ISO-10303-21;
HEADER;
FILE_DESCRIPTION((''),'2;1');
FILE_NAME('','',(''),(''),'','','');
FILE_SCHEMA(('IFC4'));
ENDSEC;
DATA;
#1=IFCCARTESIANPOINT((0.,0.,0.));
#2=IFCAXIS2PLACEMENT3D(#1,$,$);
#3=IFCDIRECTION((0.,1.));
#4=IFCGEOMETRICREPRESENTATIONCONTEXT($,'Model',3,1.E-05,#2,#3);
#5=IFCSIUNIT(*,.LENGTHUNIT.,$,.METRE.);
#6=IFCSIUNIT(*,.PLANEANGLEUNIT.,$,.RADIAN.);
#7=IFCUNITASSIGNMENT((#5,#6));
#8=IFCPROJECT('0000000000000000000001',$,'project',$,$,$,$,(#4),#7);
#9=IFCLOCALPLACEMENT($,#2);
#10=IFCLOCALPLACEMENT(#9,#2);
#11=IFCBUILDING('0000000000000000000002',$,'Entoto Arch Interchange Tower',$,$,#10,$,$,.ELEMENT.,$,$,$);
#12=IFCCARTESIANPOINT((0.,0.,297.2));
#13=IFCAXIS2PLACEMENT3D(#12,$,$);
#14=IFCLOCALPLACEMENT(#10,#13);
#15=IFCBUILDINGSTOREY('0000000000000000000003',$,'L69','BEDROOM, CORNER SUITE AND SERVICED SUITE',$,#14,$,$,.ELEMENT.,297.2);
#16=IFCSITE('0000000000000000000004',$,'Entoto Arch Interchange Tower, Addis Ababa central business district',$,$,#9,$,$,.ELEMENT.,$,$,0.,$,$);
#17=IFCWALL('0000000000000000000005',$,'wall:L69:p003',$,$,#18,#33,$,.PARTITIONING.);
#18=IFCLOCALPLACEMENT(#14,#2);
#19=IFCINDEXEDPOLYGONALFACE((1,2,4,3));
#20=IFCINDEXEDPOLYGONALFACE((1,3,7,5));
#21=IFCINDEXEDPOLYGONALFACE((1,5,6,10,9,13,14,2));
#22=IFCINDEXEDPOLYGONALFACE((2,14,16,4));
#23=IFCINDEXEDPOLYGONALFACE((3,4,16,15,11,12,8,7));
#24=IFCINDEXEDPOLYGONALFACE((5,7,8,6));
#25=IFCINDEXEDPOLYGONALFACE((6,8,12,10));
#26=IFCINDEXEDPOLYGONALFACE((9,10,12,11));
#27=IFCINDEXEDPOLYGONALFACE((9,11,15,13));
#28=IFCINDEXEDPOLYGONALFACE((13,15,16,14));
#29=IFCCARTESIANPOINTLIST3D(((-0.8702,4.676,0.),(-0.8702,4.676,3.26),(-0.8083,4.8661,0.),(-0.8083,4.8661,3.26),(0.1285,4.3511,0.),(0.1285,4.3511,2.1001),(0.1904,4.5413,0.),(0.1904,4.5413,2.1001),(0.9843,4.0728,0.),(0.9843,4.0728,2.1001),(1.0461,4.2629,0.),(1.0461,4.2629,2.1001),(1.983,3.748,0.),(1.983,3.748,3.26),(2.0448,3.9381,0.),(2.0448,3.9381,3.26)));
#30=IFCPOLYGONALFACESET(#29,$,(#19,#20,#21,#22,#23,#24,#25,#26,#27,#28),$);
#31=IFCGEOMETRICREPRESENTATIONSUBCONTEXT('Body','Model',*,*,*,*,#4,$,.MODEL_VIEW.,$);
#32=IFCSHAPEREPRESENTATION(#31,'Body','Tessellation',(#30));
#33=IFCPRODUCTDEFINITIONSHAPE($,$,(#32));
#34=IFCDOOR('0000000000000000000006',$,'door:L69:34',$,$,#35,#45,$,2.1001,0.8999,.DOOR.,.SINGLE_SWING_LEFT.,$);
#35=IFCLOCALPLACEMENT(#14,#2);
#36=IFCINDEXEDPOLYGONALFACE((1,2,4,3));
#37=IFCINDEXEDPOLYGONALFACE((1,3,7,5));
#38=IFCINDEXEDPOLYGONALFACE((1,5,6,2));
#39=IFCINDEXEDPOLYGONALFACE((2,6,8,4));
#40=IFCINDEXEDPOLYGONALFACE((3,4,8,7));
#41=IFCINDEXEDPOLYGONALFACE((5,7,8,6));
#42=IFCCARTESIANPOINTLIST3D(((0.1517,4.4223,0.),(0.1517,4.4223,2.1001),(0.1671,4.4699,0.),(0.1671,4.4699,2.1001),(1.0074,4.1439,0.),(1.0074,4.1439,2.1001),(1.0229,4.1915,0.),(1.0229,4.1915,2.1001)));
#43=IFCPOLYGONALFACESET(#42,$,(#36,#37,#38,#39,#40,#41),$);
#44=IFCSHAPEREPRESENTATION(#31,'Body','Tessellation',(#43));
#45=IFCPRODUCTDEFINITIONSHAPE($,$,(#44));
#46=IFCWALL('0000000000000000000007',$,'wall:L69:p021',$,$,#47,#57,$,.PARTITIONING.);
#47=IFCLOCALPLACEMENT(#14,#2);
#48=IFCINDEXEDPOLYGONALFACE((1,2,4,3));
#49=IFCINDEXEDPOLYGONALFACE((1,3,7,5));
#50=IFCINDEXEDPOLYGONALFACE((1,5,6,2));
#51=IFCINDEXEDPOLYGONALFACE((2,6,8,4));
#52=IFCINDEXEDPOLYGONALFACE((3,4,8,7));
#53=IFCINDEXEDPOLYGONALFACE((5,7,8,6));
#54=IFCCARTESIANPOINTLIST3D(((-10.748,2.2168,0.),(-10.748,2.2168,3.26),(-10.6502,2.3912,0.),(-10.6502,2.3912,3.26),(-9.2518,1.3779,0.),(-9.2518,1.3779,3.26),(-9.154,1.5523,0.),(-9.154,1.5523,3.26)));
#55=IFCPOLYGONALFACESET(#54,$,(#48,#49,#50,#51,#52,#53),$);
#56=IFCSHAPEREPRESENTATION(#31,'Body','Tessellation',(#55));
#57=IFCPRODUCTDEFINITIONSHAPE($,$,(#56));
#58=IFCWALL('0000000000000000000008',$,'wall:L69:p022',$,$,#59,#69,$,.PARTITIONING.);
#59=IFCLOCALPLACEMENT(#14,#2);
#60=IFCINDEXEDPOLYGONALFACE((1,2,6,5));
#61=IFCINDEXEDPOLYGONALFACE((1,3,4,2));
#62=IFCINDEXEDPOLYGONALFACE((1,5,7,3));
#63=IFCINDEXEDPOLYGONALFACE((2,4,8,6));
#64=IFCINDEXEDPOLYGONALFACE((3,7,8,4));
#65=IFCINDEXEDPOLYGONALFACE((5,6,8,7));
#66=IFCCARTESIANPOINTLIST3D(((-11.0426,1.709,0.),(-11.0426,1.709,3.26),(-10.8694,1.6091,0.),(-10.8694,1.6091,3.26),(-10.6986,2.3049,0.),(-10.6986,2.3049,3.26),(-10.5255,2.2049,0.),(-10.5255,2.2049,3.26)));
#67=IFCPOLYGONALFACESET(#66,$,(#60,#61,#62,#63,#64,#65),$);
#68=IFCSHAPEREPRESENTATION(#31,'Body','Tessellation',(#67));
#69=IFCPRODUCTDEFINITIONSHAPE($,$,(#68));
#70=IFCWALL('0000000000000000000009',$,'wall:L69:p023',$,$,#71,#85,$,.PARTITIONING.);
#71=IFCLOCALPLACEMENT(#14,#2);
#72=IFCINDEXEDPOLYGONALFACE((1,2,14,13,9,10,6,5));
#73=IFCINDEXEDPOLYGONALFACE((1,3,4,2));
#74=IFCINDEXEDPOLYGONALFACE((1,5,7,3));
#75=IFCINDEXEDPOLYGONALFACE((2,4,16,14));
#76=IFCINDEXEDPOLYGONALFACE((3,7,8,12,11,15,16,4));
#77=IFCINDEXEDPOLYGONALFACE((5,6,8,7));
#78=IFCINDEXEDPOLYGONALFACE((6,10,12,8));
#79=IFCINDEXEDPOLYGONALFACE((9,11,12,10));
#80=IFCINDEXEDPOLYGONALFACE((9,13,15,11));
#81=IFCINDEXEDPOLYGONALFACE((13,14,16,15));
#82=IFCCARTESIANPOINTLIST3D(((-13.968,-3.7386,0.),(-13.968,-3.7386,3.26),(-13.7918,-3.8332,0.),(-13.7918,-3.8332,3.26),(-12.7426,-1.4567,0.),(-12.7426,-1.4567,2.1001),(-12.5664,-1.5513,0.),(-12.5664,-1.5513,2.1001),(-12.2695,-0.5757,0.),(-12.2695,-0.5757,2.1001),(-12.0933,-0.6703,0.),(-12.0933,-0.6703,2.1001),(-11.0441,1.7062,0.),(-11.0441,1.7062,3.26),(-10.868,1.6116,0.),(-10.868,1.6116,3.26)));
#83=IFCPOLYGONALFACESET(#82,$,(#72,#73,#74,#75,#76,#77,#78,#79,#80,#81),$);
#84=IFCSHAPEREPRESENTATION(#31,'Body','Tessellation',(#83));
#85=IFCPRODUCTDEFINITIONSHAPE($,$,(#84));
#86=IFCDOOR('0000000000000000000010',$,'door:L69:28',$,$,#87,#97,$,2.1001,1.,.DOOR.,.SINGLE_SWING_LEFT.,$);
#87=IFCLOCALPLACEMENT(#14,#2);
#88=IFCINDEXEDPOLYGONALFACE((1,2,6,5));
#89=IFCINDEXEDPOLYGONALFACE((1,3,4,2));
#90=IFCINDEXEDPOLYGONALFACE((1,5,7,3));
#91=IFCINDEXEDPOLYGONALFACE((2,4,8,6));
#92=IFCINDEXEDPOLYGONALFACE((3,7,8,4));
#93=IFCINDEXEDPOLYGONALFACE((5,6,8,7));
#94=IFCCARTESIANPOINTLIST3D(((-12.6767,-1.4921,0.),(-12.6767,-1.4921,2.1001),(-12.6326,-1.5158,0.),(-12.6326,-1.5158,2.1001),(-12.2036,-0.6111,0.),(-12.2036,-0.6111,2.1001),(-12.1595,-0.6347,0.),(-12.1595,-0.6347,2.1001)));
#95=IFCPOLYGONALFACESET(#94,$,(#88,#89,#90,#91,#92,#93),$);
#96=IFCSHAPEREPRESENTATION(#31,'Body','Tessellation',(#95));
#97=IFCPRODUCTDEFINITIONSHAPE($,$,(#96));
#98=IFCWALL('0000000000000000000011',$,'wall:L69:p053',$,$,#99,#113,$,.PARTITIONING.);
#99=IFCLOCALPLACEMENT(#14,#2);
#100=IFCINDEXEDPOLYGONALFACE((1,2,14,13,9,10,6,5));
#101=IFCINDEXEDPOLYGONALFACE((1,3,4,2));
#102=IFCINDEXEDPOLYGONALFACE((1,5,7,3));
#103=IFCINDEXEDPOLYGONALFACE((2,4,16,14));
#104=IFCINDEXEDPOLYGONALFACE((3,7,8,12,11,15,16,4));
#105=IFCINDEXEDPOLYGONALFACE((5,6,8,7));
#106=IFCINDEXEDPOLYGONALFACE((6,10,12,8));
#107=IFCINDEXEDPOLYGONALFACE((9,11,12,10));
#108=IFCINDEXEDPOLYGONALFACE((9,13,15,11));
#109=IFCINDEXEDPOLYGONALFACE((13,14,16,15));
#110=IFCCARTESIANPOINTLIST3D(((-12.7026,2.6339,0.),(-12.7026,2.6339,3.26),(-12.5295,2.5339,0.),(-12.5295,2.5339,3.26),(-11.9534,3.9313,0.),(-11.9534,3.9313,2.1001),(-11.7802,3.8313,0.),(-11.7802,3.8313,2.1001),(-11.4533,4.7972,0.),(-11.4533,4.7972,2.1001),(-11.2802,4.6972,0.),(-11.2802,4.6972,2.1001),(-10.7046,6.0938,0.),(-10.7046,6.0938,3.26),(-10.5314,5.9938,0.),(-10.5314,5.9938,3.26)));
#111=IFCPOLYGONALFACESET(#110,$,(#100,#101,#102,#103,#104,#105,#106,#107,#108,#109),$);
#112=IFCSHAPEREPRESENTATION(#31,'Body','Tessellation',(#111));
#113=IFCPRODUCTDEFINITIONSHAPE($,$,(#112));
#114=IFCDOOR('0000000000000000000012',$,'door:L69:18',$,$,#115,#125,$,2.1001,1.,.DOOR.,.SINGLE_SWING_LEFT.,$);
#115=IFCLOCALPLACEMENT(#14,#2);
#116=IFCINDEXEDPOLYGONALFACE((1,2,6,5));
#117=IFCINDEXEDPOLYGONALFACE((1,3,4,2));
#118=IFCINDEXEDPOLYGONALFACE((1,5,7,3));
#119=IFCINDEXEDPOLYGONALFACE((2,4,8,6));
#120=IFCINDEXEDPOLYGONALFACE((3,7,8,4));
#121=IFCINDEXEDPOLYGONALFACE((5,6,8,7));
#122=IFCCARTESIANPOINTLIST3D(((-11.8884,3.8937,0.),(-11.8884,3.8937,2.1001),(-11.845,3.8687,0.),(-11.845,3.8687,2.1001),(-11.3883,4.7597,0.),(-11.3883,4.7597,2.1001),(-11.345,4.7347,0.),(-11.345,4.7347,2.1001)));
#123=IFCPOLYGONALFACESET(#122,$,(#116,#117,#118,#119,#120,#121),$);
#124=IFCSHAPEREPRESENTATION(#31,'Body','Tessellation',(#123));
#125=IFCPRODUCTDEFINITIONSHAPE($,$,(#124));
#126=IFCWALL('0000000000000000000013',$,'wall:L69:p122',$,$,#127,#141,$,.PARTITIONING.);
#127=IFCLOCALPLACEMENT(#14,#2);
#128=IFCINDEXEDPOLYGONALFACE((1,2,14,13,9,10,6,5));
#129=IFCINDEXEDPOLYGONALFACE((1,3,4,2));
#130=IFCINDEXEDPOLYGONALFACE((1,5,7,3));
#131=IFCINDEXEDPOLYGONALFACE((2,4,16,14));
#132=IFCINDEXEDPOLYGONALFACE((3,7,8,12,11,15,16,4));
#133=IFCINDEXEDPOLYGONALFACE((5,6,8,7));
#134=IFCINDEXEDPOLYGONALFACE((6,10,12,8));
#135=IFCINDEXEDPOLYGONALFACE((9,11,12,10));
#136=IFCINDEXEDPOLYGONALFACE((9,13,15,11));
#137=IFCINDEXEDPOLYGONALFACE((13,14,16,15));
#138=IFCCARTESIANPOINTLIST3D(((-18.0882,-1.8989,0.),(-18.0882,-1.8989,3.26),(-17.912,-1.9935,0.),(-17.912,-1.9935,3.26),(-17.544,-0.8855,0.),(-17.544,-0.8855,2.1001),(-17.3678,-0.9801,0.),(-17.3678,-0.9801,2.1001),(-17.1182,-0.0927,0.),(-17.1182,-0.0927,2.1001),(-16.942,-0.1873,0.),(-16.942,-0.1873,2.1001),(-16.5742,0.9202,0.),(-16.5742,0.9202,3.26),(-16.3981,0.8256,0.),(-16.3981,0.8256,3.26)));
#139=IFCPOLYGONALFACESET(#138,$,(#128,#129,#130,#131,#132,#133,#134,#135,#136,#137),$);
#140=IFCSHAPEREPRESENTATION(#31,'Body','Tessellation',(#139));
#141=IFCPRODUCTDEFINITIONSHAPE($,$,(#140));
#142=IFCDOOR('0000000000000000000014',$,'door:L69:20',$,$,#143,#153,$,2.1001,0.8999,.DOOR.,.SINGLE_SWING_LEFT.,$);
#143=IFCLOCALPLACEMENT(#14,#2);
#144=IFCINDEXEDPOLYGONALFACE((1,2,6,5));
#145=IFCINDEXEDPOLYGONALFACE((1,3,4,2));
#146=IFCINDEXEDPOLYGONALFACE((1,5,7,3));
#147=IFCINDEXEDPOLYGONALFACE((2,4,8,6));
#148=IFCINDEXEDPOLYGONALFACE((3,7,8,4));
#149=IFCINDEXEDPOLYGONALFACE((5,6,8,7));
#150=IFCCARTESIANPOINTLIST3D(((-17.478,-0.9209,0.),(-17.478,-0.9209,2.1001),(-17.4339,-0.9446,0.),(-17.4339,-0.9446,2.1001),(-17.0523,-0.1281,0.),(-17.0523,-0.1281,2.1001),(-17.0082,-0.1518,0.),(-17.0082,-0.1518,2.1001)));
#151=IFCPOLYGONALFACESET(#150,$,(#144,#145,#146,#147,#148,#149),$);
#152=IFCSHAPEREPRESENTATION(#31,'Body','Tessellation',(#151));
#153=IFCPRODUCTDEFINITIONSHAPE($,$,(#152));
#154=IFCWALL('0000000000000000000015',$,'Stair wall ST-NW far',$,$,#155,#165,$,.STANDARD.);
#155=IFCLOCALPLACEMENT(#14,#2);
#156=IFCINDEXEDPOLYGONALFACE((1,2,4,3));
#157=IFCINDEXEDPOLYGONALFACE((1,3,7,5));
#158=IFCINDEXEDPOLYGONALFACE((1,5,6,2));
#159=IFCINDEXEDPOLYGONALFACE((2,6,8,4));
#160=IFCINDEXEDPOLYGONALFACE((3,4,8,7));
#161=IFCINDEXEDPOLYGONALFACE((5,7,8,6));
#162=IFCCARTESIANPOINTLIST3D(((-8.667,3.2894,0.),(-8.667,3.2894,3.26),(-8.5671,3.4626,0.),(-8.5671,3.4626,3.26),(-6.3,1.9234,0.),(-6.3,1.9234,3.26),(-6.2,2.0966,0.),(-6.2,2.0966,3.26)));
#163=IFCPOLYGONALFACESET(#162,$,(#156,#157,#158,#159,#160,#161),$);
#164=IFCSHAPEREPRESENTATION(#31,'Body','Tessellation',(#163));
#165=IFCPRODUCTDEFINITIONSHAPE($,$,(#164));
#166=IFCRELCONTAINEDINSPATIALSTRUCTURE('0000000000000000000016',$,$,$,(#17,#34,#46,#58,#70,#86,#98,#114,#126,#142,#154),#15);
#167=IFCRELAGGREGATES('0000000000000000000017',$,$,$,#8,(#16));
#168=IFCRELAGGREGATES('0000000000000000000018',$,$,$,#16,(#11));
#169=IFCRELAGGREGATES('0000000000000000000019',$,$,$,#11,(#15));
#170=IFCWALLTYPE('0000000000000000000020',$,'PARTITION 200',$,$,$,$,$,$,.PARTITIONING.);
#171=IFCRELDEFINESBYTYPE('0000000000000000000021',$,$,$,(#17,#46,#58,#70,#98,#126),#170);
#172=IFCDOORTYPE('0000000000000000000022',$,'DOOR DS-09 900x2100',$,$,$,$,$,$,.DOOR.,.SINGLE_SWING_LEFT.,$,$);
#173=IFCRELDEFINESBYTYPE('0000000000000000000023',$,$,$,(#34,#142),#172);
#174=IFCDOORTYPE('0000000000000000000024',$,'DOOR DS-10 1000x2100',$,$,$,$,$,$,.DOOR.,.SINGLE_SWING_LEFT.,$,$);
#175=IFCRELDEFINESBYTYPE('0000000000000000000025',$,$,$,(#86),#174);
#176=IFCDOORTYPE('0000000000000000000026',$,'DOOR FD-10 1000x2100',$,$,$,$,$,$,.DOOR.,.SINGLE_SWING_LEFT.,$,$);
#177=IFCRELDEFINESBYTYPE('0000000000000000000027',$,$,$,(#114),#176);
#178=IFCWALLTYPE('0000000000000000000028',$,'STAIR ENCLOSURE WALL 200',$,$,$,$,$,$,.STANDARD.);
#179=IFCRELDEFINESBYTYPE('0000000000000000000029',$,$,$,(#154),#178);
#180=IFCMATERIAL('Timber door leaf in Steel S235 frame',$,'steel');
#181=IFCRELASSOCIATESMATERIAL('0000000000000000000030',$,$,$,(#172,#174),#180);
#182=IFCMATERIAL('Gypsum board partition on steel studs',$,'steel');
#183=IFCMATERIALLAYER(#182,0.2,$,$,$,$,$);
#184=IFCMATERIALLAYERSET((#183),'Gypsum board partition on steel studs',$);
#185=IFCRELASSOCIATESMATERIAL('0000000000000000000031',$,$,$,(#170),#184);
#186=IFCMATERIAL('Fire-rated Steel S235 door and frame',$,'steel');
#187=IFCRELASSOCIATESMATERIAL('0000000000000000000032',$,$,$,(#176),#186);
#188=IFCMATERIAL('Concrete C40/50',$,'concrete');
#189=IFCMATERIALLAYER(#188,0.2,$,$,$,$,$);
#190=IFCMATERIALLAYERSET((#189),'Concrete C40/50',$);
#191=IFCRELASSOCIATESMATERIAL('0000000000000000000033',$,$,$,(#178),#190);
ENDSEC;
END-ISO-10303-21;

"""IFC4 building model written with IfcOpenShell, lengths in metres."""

from ifc_helpers import new_model, si_unit, direction, frame, frame_2d, origin, place, context, subcontext, project, spatial, rectangle, extrude, material, layer, layer_set, type_object, element, fill, save


model = new_model("IFC4")

# Units and contexts
model_context = context("Model", 3, precision=1e-05, world=origin(), true_north=direction((0.0, 1.0)))
body_context = subcontext(model_context, "Body", "Model", "MODEL_VIEW")
ifc_project = project(units=[si_unit("LENGTHUNIT", "METRE"), si_unit("PLANEANGLEUNIT", "RADIAN")], contexts=[model_context])

# Site, building, storey
site_placement = place(None, origin())
site = spatial("IfcSite", under=ifc_project, at=site_placement, Name="Entoto Arch Interchange Tower, Addis Ababa central business district", CompositionType="ELEMENT", RefElevation=0.0)
building_placement = place(site_placement, origin())
building = spatial("IfcBuilding", under=site, at=building_placement, Name="Entoto Arch Interchange Tower", CompositionType="ELEMENT")
storey_placement = place(building_placement, frame((0.0, 0.0, 297.2)))
storey = spatial("IfcBuildingStorey", under=building, at=storey_placement, Name="L69", Description="BEDROOM, CORNER SUITE AND SERVICED SUITE", CompositionType="ELEMENT", Elevation=297.2)

# Shared definitions
ifc_material_1 = material(Name="Concrete C40/50", Category="concrete")

# Shared definitions
ifc_material_2 = material(Name="Fire-rated Steel S235 door and frame", Category="steel")

# Wall, opening, door
ifc_material_3 = material(Name="Gypsum board partition on steel studs", Category="steel")
ifc_material_4 = material(Name="Timber door leaf in Steel S235 frame", Category="steel")
door_type_1 = type_object("IfcDoorType", Name="DOOR DS-09 900x2100", OperationType="SINGLE_SWING_LEFT", PredefinedType="DOOR", material=ifc_material_4)
ifc_layer_1 = layer(ifc_material_3, 0.2)
ifc_layer_set_1 = layer_set([ifc_layer_1], Name="Gypsum board partition on steel studs")
wall_type_1 = type_object("IfcWallType", Name="PARTITION 200", PredefinedType="PARTITIONING", material=ifc_layer_set_1)
wall_1_placement = place(storey_placement, frame((-0.8391, 4.771, 0.0), z_axis=(0.0, 0.0, 1.0), x_axis=(0.950961, -0.309311, 0.0)))
wall_1 = element("IfcWall", 1, at=wall_1_placement, inside=storey, type_object=wall_type_1, Name="wall:L69:p003", PredefinedType="PARTITIONING", context=body_context, shape_type="SweptSolid", body=[
    extrude(rectangle(XDim=3.0002, YDim=0.2, at=frame_2d((1.5, 0.0))), origin(), (0.0, 0.0, 1.0), 3.26),
])
opening_1_placement = place(wall_1_placement, frame((1.05, 0.0, 0.0)))
opening_1 = element("IfcOpeningElement", 2, at=opening_1_placement, cuts=wall_1, PredefinedType="OPENING", context=body_context, shape_type="SweptSolid", body=[
    extrude(rectangle(XDim=0.8999, YDim=2.1001, at=frame_2d((0.45, 1.05))), frame((0.0, 0.1099, 0.0), z_axis=(0.0, -1.0, 0.0), x_axis=(1.0, 0.0, 0.0)), (0.0, 0.0, 1.0), 0.22),
])
door_1_placement = place(opening_1_placement, origin())
door_1 = element("IfcDoor", 3, at=door_1_placement, inside=storey, type_object=door_type_1, Name="door:L69:34", OperationType="SINGLE_SWING_LEFT", OverallHeight=2.1001, OverallWidth=0.8999, PredefinedType="DOOR", context=body_context, shape_type="SweptSolid", body=[
    extrude(rectangle(XDim=0.8999, YDim=2.1001, at=frame_2d((0.45, 1.05))), frame((0.0, 0.0249, 0.0), z_axis=(0.0, -1.0, 0.0), x_axis=(1.0, 0.0, 0.0)), (0.0, 0.0, 1.0), 0.05),
])
fill(opening_1, door_1)

# Walls
wall_2_placement = place(storey_placement, frame((-9.2029, 1.4651, 0.0), z_axis=(0.0, 0.0, 1.0), x_axis=(-0.872244, 0.489071, 0.0)))
element("IfcWall", 4, at=wall_2_placement, inside=storey, type_object=wall_type_1, Name="wall:L69:p021", PredefinedType="PARTITIONING", context=body_context, shape_type="SweptSolid", body=[
    extrude(rectangle(XDim=1.7153, YDim=0.2, at=frame_2d((0.8577, 0.0))), origin(), (0.0, 0.0, 1.0), 3.26),
])
wall_3_placement = place(storey_placement, frame((-10.6121, 2.2549, 0.0), z_axis=(0.0, 0.0, 1.0), x_axis=(-0.499917, -0.866073, 0.0)))
element("IfcWall", 5, at=wall_3_placement, inside=storey, type_object=wall_type_1, Name="wall:L69:p022", PredefinedType="PARTITIONING", context=body_context, shape_type="SweptSolid", body=[
    extrude(rectangle(XDim=0.688, YDim=0.2, at=frame_2d((0.344, 0.0))), origin(), (0.0, 0.0, 1.0), 3.26),
])

# Walls, openings, doors
wall_4_placement = place(storey_placement, frame((-10.9561, 1.6589, 0.0), z_axis=(0.0, 0.0, 1.0), x_axis=(-0.473096, -0.881011, 0.0)))
wall_4 = element("IfcWall", 6, at=wall_4_placement, inside=storey, type_object=wall_type_1, Name="wall:L69:p023", PredefinedType="PARTITIONING", context=body_context, shape_type="SweptSolid", body=[
    extrude(rectangle(XDim=6.1802, YDim=0.2, at=frame_2d((3.0901, 0.0))), origin(), (0.0, 0.0, 1.0), 3.26),
])
opening_2_placement = place(wall_4_placement, frame((2.5901, 0.0, 0.0)))
opening_2 = element("IfcOpeningElement", 7, at=opening_2_placement, cuts=wall_4, PredefinedType="OPENING", context=body_context, shape_type="SweptSolid", body=[
    extrude(rectangle(XDim=1.0, YDim=2.1001, at=frame_2d((0.5, 1.05))), frame((0.0, 0.1099, 0.0), z_axis=(0.0, -1.0, 0.0), x_axis=(1.0, 0.0, 0.0)), (0.0, 0.0, 1.0), 0.22),
])
door_type_2 = type_object("IfcDoorType", Name="DOOR DS-10 1000x2100", OperationType="SINGLE_SWING_LEFT", PredefinedType="DOOR", material=ifc_material_4)
door_2_placement = place(opening_2_placement, origin())
door_2 = element("IfcDoor", 8, at=door_2_placement, inside=storey, type_object=door_type_2, Name="door:L69:28", OperationType="SINGLE_SWING_LEFT", OverallHeight=2.1001, OverallWidth=1.0, PredefinedType="DOOR", context=body_context, shape_type="SweptSolid", body=[
    extrude(rectangle(XDim=1.0, YDim=2.1001, at=frame_2d((0.5, 1.05))), frame((0.0, 0.0249, 0.0), z_axis=(0.0, -1.0, 0.0), x_axis=(1.0, 0.0, 0.0)), (0.0, 0.0, 1.0), 0.05),
])
fill(opening_2, door_2)
wall_5_placement = place(storey_placement, frame((-12.616, 2.584, 0.0), z_axis=(0.0, 0.0, 1.0), x_axis=(0.500082, 0.865978, 0.0)))
wall_5 = element("IfcWall", 9, at=wall_5_placement, inside=storey, type_object=wall_type_1, Name="wall:L69:p053", PredefinedType="PARTITIONING", context=body_context, shape_type="SweptSolid", body=[
    extrude(rectangle(XDim=3.9954, YDim=0.2, at=frame_2d((1.9976, 0.0))), origin(), (0.0, 0.0, 1.0), 3.26),
])
opening_3_placement = place(wall_5_placement, frame((1.498, 0.0, 0.0)))
opening_3 = element("IfcOpeningElement", 10, at=opening_3_placement, cuts=wall_5, PredefinedType="OPENING", context=body_context, shape_type="SweptSolid", body=[
    extrude(rectangle(XDim=1.0, YDim=2.1001, at=frame_2d((0.5, 1.05))), frame((0.0, 0.1099, 0.0), z_axis=(0.0, -1.0, 0.0), x_axis=(1.0, 0.0, 0.0)), (0.0, 0.0, 1.0), 0.22),
])
door_type_3 = type_object("IfcDoorType", Name="DOOR FD-10 1000x2100", OperationType="SINGLE_SWING_LEFT", PredefinedType="DOOR", material=ifc_material_2)
door_3_placement = place(opening_3_placement, origin())
door_3 = element("IfcDoor", 11, at=door_3_placement, inside=storey, type_object=door_type_3, Name="door:L69:18", OperationType="SINGLE_SWING_LEFT", OverallHeight=2.1001, OverallWidth=1.0, PredefinedType="DOOR", context=body_context, shape_type="SweptSolid", body=[
    extrude(rectangle(XDim=1.0, YDim=2.1001, at=frame_2d((0.5, 1.05))), frame((0.0, 0.0249, 0.0), z_axis=(0.0, -1.0, 0.0), x_axis=(1.0, 0.0, 0.0)), (0.0, 0.0, 1.0), 0.05),
])
fill(opening_3, door_3)
wall_6_placement = place(storey_placement, frame((-16.4861, 0.873, 0.0), z_axis=(0.0, 0.0, 1.0), x_axis=(-0.473117, -0.881, 0.0)))
wall_6 = element("IfcWall", 12, at=wall_6_placement, inside=storey, type_object=wall_type_1, Name="wall:L69:p122", PredefinedType="PARTITIONING", context=body_context, shape_type="SweptSolid", body=[
    extrude(rectangle(XDim=3.2, YDim=0.2, at=frame_2d((1.6001, 0.0))), origin(), (0.0, 0.0, 1.0), 3.26),
])
opening_4_placement = place(wall_6_placement, frame((1.1499, 0.0, 0.0)))
opening_4 = element("IfcOpeningElement", 13, at=opening_4_placement, cuts=wall_6, PredefinedType="OPENING", context=body_context, shape_type="SweptSolid", body=[
    extrude(rectangle(XDim=0.8999, YDim=2.1001, at=frame_2d((0.45, 1.05))), frame((0.0, 0.1099, 0.0), z_axis=(0.0, -1.0, 0.0), x_axis=(1.0, 0.0, 0.0)), (0.0, 0.0, 1.0), 0.22),
])
door_4_placement = place(opening_4_placement, origin())
door_4 = element("IfcDoor", 14, at=door_4_placement, inside=storey, type_object=door_type_1, Name="door:L69:20", OperationType="SINGLE_SWING_LEFT", OverallHeight=2.1001, OverallWidth=0.8999, PredefinedType="DOOR", context=body_context, shape_type="SweptSolid", body=[
    extrude(rectangle(XDim=0.8999, YDim=2.1001, at=frame_2d((0.45, 1.05))), frame((0.0, 0.0249, 0.0), z_axis=(0.0, -1.0, 0.0), x_axis=(1.0, 0.0, 0.0)), (0.0, 0.0, 1.0), 0.05),
])
fill(opening_4, door_4)

# Wall
ifc_layer_2 = layer(ifc_material_1, 0.2)
ifc_layer_set_2 = layer_set([ifc_layer_2], Name="Concrete C40/50")
wall_type_2 = type_object("IfcWallType", Name="STAIR ENCLOSURE WALL 200", PredefinedType="STANDARD", material=ifc_layer_set_2)
wall_7_placement = place(storey_placement, frame((-6.25, 2.01, 0.0), z_axis=(0.0, 0.0, 1.0), x_axis=(-0.866119, 0.499838, 0.0)))
element("IfcWall", 15, at=wall_7_placement, inside=storey, type_object=wall_type_2, Name="Stair wall ST-NW far", PredefinedType="STANDARD", context=body_context, shape_type="SweptSolid", body=[
    extrude(rectangle(XDim=2.7329, YDim=0.2, at=frame_2d((1.3665, 0.0))), origin(), (0.0, 0.0, 1.0), 3.26),
])

save(model, "model.ifc")
